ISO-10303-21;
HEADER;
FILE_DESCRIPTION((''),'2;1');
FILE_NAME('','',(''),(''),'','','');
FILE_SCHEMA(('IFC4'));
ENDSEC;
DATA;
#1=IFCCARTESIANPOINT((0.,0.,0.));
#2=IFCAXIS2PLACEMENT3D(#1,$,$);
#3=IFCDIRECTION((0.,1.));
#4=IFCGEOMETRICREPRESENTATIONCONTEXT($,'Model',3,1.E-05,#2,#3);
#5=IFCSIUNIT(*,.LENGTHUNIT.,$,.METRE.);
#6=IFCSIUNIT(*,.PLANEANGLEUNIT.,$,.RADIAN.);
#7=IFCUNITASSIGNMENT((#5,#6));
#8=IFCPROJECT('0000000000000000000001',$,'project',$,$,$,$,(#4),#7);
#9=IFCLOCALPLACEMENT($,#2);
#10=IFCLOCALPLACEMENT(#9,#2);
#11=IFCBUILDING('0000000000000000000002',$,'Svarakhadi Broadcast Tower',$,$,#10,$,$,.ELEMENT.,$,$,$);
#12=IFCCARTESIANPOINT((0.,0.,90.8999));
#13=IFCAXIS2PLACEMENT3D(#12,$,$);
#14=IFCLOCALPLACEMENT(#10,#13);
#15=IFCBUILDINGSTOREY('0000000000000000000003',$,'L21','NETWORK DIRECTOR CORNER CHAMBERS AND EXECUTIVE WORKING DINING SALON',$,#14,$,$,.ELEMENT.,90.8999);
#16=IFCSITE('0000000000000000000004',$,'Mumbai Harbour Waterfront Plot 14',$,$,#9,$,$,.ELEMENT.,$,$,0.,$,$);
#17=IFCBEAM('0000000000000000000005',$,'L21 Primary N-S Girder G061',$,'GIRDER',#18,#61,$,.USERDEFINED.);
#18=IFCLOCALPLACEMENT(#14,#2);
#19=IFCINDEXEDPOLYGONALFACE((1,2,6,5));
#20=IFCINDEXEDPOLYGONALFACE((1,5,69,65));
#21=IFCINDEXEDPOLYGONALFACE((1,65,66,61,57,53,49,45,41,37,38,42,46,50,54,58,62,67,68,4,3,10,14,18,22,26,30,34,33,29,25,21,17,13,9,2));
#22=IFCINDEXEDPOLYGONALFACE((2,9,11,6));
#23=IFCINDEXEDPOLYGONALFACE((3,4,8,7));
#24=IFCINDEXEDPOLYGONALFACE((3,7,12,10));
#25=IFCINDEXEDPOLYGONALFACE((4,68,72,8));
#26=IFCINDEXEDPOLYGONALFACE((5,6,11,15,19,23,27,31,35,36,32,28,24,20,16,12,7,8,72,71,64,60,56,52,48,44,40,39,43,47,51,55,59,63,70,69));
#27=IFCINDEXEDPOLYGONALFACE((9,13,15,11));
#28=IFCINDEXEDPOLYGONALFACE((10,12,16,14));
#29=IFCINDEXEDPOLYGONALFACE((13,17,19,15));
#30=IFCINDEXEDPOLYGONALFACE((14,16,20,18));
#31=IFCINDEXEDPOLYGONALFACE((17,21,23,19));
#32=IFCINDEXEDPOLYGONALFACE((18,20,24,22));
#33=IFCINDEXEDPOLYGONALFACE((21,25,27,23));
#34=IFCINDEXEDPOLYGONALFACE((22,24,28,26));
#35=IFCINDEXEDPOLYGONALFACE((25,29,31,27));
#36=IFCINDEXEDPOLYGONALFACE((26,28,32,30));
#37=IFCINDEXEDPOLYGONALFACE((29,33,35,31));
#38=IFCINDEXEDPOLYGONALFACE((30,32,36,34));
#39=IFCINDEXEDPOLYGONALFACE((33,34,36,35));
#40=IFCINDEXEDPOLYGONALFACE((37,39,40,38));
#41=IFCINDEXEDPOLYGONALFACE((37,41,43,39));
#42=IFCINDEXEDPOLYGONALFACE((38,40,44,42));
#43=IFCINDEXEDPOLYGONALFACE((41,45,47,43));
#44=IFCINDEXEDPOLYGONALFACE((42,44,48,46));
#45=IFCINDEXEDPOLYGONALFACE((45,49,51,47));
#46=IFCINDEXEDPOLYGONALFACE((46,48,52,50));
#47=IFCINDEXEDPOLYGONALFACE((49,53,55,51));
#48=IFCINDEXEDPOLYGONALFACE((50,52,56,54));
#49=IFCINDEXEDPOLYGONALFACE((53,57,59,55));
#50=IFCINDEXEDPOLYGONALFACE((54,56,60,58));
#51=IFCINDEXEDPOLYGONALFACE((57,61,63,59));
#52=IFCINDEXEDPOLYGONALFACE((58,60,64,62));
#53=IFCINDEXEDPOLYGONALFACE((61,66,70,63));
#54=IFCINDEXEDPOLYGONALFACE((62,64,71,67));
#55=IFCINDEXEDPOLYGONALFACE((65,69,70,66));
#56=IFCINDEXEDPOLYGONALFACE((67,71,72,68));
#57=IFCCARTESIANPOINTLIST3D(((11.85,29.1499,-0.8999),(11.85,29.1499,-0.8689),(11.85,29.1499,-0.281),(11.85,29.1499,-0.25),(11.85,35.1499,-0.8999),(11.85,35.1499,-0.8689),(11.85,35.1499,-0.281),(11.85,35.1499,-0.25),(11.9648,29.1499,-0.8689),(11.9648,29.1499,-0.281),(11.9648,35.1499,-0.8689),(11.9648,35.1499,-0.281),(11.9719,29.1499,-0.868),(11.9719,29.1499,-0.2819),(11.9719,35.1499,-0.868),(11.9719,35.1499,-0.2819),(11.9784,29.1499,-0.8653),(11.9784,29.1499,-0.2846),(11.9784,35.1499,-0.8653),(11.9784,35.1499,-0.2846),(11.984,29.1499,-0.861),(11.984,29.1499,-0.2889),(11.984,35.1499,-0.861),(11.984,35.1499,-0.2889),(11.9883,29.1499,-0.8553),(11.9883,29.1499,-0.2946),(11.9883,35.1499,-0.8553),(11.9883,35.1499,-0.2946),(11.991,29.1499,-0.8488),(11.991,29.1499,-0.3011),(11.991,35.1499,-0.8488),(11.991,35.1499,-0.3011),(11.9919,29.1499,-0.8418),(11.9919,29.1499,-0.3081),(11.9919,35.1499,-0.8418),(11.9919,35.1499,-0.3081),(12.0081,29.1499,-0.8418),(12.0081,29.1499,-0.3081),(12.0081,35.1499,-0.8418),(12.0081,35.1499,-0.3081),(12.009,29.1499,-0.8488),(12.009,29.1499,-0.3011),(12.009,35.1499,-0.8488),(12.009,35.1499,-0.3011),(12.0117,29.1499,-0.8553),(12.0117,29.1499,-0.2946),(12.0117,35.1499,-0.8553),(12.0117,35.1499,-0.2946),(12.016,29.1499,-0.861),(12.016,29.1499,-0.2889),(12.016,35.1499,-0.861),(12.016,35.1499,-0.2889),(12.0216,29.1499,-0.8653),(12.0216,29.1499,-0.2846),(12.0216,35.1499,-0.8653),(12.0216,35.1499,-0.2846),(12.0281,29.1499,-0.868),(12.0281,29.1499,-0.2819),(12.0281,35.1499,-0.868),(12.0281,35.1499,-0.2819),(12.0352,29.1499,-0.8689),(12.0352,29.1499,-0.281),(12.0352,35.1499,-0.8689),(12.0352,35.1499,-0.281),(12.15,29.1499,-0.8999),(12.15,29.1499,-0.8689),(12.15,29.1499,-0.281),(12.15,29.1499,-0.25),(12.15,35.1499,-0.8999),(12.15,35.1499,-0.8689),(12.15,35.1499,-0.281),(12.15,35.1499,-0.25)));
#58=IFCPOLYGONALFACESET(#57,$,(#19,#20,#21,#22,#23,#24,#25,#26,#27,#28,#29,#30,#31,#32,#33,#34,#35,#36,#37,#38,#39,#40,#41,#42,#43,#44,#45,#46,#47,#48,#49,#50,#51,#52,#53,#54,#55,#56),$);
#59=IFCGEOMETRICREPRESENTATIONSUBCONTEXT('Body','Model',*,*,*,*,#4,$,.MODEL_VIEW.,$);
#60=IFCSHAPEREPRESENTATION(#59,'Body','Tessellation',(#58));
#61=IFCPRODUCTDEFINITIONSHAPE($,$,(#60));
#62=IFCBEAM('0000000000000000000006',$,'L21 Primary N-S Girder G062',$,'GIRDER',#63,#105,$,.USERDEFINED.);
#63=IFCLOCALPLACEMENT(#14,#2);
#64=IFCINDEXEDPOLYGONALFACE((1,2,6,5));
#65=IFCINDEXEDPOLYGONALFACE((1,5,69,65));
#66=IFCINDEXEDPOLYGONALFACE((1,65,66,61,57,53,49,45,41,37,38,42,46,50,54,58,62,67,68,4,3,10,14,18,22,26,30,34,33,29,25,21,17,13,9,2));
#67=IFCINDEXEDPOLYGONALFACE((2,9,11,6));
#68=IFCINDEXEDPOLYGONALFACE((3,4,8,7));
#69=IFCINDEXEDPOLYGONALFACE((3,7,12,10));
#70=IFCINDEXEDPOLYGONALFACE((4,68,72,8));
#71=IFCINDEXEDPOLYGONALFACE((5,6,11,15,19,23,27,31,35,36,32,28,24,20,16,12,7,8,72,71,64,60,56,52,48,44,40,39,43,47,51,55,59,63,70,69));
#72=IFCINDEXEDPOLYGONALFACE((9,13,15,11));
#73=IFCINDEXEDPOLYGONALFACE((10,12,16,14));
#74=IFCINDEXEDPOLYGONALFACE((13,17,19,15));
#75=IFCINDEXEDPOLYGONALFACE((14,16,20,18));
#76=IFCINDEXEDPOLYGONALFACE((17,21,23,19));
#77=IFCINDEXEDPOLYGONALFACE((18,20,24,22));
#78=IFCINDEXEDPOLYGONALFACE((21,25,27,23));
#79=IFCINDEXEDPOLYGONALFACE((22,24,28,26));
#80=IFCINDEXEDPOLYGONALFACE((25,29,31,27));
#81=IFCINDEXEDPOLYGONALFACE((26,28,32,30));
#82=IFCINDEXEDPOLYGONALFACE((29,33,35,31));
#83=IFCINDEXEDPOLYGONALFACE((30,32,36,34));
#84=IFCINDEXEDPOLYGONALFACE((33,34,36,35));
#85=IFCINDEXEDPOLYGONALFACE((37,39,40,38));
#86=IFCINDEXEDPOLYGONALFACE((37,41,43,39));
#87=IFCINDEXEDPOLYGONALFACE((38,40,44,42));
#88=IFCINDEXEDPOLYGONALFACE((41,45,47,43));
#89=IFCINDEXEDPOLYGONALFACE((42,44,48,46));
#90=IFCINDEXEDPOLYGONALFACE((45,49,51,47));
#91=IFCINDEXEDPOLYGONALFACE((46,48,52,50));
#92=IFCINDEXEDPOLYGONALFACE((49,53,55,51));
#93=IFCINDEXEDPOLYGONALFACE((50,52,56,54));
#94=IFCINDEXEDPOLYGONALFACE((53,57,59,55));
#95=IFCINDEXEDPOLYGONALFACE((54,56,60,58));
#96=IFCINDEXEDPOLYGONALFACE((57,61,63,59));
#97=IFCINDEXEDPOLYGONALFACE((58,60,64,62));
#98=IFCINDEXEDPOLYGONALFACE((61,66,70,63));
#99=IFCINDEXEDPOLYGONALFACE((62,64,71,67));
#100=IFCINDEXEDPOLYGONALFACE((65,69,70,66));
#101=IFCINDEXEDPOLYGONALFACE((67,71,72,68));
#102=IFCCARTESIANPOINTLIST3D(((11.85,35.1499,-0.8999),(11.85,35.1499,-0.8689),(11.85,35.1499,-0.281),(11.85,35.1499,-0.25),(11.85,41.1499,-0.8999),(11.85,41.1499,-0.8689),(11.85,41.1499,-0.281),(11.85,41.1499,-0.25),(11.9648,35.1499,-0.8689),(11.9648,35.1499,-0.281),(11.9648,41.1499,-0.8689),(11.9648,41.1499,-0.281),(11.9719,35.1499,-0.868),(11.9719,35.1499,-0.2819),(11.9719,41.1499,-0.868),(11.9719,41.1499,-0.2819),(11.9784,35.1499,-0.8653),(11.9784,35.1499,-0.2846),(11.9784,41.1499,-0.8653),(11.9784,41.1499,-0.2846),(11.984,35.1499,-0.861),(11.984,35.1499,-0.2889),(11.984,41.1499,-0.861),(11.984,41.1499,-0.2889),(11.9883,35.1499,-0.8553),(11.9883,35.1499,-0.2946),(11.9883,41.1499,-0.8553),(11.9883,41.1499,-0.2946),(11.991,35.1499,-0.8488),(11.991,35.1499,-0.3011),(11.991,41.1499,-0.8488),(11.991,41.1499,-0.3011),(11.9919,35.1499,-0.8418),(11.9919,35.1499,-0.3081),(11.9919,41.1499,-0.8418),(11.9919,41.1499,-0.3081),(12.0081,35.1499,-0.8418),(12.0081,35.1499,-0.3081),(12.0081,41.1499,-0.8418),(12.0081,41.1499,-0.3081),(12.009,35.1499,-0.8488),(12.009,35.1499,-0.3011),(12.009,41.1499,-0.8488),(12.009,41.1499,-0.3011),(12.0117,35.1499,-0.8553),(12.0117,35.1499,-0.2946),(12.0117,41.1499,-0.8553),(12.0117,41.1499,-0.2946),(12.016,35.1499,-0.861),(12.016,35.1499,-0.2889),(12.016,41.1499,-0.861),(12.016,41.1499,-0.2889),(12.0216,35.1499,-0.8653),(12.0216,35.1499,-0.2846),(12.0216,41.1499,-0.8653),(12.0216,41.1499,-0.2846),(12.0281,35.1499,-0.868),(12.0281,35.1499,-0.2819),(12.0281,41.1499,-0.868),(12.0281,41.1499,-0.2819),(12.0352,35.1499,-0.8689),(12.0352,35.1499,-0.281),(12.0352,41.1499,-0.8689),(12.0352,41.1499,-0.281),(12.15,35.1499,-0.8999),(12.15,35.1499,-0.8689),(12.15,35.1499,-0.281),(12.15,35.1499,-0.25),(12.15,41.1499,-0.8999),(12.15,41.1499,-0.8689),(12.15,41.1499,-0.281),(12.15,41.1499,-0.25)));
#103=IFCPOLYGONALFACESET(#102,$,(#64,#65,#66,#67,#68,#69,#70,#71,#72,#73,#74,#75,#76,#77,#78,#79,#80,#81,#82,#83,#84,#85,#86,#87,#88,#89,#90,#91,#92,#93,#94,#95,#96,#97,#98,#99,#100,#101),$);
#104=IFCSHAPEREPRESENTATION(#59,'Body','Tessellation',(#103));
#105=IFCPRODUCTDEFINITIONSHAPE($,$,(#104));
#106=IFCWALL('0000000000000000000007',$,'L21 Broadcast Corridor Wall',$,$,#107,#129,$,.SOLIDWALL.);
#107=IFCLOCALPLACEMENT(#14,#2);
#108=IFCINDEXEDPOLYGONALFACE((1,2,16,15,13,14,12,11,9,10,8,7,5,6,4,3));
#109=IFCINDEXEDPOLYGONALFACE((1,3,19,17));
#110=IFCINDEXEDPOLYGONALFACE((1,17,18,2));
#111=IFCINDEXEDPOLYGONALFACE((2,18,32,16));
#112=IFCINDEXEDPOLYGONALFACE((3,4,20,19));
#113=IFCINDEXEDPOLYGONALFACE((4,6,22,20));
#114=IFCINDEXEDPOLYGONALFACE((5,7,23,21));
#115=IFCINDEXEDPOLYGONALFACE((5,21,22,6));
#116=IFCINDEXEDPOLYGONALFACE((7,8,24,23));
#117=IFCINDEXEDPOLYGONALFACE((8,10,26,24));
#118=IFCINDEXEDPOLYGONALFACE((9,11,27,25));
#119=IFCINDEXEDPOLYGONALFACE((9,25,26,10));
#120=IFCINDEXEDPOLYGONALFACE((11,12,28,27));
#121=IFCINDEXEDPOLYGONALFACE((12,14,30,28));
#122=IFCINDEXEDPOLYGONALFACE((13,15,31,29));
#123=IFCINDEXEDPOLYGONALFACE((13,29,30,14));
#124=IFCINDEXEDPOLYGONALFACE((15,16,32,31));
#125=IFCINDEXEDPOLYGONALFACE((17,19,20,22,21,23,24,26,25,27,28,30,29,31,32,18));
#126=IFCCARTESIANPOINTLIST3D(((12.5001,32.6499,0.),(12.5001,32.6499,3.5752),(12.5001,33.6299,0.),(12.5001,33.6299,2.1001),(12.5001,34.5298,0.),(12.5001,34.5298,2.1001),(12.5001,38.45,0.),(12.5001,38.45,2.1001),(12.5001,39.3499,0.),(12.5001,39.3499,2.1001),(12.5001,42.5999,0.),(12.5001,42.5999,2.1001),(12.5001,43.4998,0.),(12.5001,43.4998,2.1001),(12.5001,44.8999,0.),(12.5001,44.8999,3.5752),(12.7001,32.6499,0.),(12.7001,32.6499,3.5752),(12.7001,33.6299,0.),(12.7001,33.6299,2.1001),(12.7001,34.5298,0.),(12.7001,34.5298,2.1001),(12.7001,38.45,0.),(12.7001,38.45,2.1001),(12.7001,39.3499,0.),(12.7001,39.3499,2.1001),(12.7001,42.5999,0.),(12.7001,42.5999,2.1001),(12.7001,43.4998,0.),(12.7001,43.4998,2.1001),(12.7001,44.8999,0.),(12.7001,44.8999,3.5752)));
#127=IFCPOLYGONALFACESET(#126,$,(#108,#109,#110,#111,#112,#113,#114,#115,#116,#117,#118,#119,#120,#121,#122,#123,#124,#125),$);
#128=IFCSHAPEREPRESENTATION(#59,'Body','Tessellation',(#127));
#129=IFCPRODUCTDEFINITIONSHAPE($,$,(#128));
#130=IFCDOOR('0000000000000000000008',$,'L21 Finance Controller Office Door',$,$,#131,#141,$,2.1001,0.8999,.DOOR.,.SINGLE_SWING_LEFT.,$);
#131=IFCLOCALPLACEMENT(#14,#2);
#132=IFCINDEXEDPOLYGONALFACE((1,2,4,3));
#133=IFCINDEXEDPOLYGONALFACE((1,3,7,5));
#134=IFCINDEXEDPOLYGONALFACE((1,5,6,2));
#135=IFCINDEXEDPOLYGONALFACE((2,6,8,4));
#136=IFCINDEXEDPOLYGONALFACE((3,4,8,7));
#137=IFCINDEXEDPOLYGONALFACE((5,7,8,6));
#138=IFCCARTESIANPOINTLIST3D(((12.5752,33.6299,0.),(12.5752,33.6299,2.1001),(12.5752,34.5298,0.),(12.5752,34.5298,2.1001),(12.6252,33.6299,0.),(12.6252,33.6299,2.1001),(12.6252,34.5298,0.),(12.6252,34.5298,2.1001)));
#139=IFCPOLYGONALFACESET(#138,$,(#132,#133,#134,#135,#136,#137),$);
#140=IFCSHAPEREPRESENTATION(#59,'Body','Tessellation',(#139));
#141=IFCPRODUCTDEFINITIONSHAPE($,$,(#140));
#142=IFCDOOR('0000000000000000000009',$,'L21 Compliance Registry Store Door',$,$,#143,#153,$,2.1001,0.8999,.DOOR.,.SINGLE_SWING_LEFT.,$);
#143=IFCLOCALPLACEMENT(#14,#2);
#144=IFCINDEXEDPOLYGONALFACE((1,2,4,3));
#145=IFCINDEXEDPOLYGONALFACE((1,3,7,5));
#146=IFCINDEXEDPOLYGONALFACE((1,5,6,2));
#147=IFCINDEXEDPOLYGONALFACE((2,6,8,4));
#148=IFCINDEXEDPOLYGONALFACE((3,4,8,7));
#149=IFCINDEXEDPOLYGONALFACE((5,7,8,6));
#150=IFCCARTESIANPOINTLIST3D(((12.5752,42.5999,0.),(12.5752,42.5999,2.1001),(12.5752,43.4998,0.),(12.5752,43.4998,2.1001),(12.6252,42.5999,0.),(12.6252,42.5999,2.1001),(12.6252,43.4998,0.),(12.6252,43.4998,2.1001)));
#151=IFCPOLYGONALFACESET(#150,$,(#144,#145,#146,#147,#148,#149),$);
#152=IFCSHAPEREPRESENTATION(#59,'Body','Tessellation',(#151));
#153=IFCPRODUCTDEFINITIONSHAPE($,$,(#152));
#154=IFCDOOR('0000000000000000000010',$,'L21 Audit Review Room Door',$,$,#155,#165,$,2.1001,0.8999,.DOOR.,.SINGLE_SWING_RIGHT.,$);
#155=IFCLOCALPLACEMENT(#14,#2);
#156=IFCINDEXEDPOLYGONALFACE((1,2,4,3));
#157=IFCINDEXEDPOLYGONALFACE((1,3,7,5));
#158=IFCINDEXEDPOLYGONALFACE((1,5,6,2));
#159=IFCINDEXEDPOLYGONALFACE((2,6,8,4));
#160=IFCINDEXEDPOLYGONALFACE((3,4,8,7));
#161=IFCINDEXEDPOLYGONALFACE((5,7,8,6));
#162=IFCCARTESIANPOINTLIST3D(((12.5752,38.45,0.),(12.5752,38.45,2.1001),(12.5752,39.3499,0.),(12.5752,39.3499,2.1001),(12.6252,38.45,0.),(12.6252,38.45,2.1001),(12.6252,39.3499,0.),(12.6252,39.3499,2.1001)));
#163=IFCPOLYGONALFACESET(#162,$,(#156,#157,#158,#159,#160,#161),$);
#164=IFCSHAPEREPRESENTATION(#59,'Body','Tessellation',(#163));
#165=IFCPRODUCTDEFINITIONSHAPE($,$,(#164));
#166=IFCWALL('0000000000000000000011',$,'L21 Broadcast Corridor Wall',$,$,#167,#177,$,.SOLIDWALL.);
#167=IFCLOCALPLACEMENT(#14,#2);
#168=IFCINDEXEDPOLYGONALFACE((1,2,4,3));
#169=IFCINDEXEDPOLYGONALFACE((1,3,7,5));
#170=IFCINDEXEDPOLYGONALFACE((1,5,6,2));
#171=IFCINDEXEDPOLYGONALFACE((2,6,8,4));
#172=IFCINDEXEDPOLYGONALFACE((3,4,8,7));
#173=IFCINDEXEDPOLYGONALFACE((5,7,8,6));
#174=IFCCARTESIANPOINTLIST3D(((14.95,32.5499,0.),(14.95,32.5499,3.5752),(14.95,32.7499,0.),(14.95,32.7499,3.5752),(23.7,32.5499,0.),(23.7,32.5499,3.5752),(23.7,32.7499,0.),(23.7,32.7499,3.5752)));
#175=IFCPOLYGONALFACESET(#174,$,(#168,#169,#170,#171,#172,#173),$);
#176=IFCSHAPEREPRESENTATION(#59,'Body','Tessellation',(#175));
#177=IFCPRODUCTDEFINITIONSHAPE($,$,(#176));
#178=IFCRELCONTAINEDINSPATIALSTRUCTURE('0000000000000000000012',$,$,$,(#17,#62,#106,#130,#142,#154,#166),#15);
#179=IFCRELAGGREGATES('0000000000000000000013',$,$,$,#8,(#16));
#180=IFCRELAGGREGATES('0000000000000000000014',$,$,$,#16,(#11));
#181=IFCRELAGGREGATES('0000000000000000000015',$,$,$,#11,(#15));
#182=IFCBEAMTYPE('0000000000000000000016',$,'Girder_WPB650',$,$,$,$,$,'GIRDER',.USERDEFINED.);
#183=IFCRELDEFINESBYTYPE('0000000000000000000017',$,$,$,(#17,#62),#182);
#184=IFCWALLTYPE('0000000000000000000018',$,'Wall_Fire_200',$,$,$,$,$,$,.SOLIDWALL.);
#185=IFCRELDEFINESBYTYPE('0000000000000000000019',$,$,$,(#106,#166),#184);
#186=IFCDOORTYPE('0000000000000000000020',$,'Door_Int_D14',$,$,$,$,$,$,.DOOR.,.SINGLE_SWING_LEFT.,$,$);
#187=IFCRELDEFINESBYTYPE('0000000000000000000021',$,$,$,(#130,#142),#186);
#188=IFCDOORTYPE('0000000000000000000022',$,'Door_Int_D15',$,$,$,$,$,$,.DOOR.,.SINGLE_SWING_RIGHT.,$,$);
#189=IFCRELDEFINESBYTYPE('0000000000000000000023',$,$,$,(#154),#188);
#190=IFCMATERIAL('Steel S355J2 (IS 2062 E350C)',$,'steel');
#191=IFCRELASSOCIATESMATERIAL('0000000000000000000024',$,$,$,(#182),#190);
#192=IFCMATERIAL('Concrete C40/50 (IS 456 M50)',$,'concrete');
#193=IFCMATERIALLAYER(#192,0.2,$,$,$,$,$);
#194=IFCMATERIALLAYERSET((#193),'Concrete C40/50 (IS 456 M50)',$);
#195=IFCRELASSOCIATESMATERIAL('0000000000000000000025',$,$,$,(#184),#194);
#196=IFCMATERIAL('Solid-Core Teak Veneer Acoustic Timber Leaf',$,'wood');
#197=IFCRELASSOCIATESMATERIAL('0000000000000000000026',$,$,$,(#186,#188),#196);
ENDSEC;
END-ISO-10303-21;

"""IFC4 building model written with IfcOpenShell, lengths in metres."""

from ifc_helpers import new_model, si_unit, direction, frame, frame_2d, origin, origin_2d, place, context, subcontext, project, spatial, rectangle, i_section, extrude, material, layer, layer_set, material_profile, profile_set, type_object, element, fill, save


model = new_model("IFC4")

# Units and contexts
model_context = context("Model", 3, precision=1e-05, world=origin(), true_north=direction((0.0, 1.0)))
body_context = subcontext(model_context, "Body", "Model", "MODEL_VIEW")
ifc_project = project(units=[si_unit("LENGTHUNIT", "METRE"), si_unit("PLANEANGLEUNIT", "RADIAN")], contexts=[model_context])

# Site, building, storey
site_placement = place(None, origin())
site = spatial("IfcSite", under=ifc_project, at=site_placement, Name="Mumbai Harbour Waterfront Plot 14", CompositionType="ELEMENT", RefElevation=0.0)
building_placement = place(site_placement, origin())
building = spatial("IfcBuilding", under=site, at=building_placement, Name="Svarakhadi Broadcast Tower", CompositionType="ELEMENT")
storey_placement = place(building_placement, frame((0.0, 0.0, 90.8999)))
storey = spatial("IfcBuildingStorey", under=building, at=storey_placement, Name="L21", Description="NETWORK DIRECTOR CORNER CHAMBERS AND EXECUTIVE WORKING DINING SALON", CompositionType="ELEMENT", Elevation=90.8999)

# Beams
ifc_material_1 = material(Name="Steel S355J2 (IS 2062 E350C)", Category="steel")
ifc_material_profile_1 = material_profile(ifc_material_1, i_section(OverallWidth=0.3, OverallDepth=0.6499, WebThickness=0.0161, FlangeThickness=0.031, FilletRadius=0.0271, at=origin_2d()), Name="WPB 650x300x225")
ifc_profile_set_1 = profile_set([ifc_material_profile_1], Name="Steel S355J2 (IS 2062 E350C)")
beam_type_1 = type_object("IfcBeamType", Name="Girder_WPB650", ElementType="GIRDER", PredefinedType="USERDEFINED", material=ifc_profile_set_1)
for number, where, z_axis, x_axis, name in (
    (1, (12.0, 29.1499, -0.575), (0.0, 1.0, 0.0), (-1.0, 0.0, 0.0), "L21 Primary N-S Girder G061"),
    (2, (12.0, 35.1499, -0.575), (0.0, 1.0, 0.0), (-1.0, 0.0, 0.0), "L21 Primary N-S Girder G062"),
):
    element("IfcBeam", number, at=place(storey_placement, frame(where, z_axis=z_axis, x_axis=x_axis)), inside=storey, type_object=beam_type_1, Name=name, ObjectType="GIRDER", PredefinedType="USERDEFINED", context=body_context, shape_type="SweptSolid", body=[
        extrude(i_section(OverallWidth=0.3, OverallDepth=0.6499, WebThickness=0.0161, FlangeThickness=0.031, FilletRadius=0.0271, at=origin_2d()), origin(), (0.0, 0.0, 1.0), 6.0),
    ])

# Wall, openings, doors
ifc_material_2 = material(Name="Concrete C40/50 (IS 456 M50)", Category="concrete")
ifc_layer_1 = layer(ifc_material_2, 0.2)
ifc_layer_set_1 = layer_set([ifc_layer_1], Name="Concrete C40/50 (IS 456 M50)")
wall_type_1 = type_object("IfcWallType", Name="Wall_Fire_200", PredefinedType="SOLIDWALL", material=ifc_layer_set_1)
wall_1_placement = place(storey_placement, frame((12.6001, 32.6499, 0.0), z_axis=(0.0, 0.0, 1.0), x_axis=(0.0, 1.0, 0.0)))
wall_1 = element("IfcWall", 3, at=wall_1_placement, inside=storey, type_object=wall_type_1, Name="L21 Broadcast Corridor Wall", PredefinedType="SOLIDWALL", context=body_context, shape_type="SweptSolid", body=[
    extrude(rectangle(XDim=12.25, YDim=0.2, at=frame_2d((6.125, 0.0))), origin(), (0.0, 0.0, 1.0), 3.5752),
])
opening_1_placement = place(wall_1_placement, frame((0.98, 0.0, 0.0)))
opening_1 = element("IfcOpeningElement", 4, at=opening_1_placement, cuts=wall_1, PredefinedType="OPENING", context=body_context, shape_type="SweptSolid", body=[
    extrude(rectangle(XDim=0.8999, YDim=2.1001, at=frame_2d((0.45, 1.05))), frame((0.0, 0.1099, 0.0), z_axis=(0.0, -1.0, 0.0), x_axis=(1.0, 0.0, 0.0)), (0.0, 0.0, 1.0), 0.22),
])
opening_2_placement = place(wall_1_placement, frame((5.8, 0.0, 0.0)))
opening_2 = element("IfcOpeningElement", 5, at=opening_2_placement, cuts=wall_1, PredefinedType="OPENING", context=body_context, shape_type="SweptSolid", body=[
    extrude(rectangle(XDim=0.8999, YDim=2.1001, at=frame_2d((0.45, 1.05))), frame((0.0, 0.1099, 0.0), z_axis=(0.0, -1.0, 0.0), x_axis=(1.0, 0.0, 0.0)), (0.0, 0.0, 1.0), 0.22),
])
opening_3_placement = place(wall_1_placement, frame((9.95, 0.0, 0.0)))
opening_3 = element("IfcOpeningElement", 6, at=opening_3_placement, cuts=wall_1, PredefinedType="OPENING", context=body_context, shape_type="SweptSolid", body=[
    extrude(rectangle(XDim=0.8999, YDim=2.1001, at=frame_2d((0.45, 1.05))), frame((0.0, 0.1099, 0.0), z_axis=(0.0, -1.0, 0.0), x_axis=(1.0, 0.0, 0.0)), (0.0, 0.0, 1.0), 0.22),
])
ifc_material_3 = material(Name="Solid-Core Teak Veneer Acoustic Timber Leaf", Category="wood")
door_type_1 = type_object("IfcDoorType", Name="Door_Int_D14", OperationType="SINGLE_SWING_LEFT", PredefinedType="DOOR", material=ifc_material_3)
door_1_placement = place(opening_1_placement, origin())
door_1 = element("IfcDoor", 7, at=door_1_placement, inside=storey, type_object=door_type_1, Name="L21 Finance Controller Office Door", OperationType="SINGLE_SWING_LEFT", OverallHeight=2.1001, OverallWidth=0.8999, PredefinedType="DOOR", context=body_context, shape_type="SweptSolid", body=[
    extrude(rectangle(XDim=0.8999, YDim=2.1001, at=frame_2d((0.45, 1.05))), frame((0.0, 0.0249, 0.0), z_axis=(0.0, -1.0, 0.0), x_axis=(1.0, 0.0, 0.0)), (0.0, 0.0, 1.0), 0.05),
])
fill(opening_1, door_1)
door_2_placement = place(opening_3_placement, origin())
door_2 = element("IfcDoor", 8, at=door_2_placement, inside=storey, type_object=door_type_1, Name="L21 Compliance Registry Store Door", OperationType="SINGLE_SWING_LEFT", OverallHeight=2.1001, OverallWidth=0.8999, PredefinedType="DOOR", context=body_context, shape_type="SweptSolid", body=[
    extrude(rectangle(XDim=0.8999, YDim=2.1001, at=frame_2d((0.45, 1.05))), frame((0.0, 0.0249, 0.0), z_axis=(0.0, -1.0, 0.0), x_axis=(1.0, 0.0, 0.0)), (0.0, 0.0, 1.0), 0.05),
])
fill(opening_3, door_2)
door_type_2 = type_object("IfcDoorType", Name="Door_Int_D15", OperationType="SINGLE_SWING_RIGHT", PredefinedType="DOOR", material=ifc_material_3)
door_3_placement = place(opening_2_placement, origin())
door_3 = element("IfcDoor", 9, at=door_3_placement, inside=storey, type_object=door_type_2, Name="L21 Audit Review Room Door", OperationType="SINGLE_SWING_RIGHT", OverallHeight=2.1001, OverallWidth=0.8999, PredefinedType="DOOR", context=body_context, shape_type="SweptSolid", body=[
    extrude(rectangle(XDim=0.8999, YDim=2.1001, at=frame_2d((0.45, 1.05))), frame((0.0, 0.0249, 0.0), z_axis=(0.0, -1.0, 0.0), x_axis=(1.0, 0.0, 0.0)), (0.0, 0.0, 1.0), 0.05),
])
fill(opening_2, door_3)

# Wall
wall_2_placement = place(storey_placement, frame((14.95, 32.6499, 0.0), z_axis=(0.0, 0.0, 1.0), x_axis=(1.0, 0.0, 0.0)))
element("IfcWall", 10, at=wall_2_placement, inside=storey, type_object=wall_type_1, Name="L21 Broadcast Corridor Wall", PredefinedType="SOLIDWALL", context=body_context, shape_type="SweptSolid", body=[
    extrude(rectangle(XDim=8.75, YDim=0.2, at=frame_2d((4.375, 0.0))), origin(), (0.0, 0.0, 1.0), 3.5752),
])

save(model, "model.ifc")
